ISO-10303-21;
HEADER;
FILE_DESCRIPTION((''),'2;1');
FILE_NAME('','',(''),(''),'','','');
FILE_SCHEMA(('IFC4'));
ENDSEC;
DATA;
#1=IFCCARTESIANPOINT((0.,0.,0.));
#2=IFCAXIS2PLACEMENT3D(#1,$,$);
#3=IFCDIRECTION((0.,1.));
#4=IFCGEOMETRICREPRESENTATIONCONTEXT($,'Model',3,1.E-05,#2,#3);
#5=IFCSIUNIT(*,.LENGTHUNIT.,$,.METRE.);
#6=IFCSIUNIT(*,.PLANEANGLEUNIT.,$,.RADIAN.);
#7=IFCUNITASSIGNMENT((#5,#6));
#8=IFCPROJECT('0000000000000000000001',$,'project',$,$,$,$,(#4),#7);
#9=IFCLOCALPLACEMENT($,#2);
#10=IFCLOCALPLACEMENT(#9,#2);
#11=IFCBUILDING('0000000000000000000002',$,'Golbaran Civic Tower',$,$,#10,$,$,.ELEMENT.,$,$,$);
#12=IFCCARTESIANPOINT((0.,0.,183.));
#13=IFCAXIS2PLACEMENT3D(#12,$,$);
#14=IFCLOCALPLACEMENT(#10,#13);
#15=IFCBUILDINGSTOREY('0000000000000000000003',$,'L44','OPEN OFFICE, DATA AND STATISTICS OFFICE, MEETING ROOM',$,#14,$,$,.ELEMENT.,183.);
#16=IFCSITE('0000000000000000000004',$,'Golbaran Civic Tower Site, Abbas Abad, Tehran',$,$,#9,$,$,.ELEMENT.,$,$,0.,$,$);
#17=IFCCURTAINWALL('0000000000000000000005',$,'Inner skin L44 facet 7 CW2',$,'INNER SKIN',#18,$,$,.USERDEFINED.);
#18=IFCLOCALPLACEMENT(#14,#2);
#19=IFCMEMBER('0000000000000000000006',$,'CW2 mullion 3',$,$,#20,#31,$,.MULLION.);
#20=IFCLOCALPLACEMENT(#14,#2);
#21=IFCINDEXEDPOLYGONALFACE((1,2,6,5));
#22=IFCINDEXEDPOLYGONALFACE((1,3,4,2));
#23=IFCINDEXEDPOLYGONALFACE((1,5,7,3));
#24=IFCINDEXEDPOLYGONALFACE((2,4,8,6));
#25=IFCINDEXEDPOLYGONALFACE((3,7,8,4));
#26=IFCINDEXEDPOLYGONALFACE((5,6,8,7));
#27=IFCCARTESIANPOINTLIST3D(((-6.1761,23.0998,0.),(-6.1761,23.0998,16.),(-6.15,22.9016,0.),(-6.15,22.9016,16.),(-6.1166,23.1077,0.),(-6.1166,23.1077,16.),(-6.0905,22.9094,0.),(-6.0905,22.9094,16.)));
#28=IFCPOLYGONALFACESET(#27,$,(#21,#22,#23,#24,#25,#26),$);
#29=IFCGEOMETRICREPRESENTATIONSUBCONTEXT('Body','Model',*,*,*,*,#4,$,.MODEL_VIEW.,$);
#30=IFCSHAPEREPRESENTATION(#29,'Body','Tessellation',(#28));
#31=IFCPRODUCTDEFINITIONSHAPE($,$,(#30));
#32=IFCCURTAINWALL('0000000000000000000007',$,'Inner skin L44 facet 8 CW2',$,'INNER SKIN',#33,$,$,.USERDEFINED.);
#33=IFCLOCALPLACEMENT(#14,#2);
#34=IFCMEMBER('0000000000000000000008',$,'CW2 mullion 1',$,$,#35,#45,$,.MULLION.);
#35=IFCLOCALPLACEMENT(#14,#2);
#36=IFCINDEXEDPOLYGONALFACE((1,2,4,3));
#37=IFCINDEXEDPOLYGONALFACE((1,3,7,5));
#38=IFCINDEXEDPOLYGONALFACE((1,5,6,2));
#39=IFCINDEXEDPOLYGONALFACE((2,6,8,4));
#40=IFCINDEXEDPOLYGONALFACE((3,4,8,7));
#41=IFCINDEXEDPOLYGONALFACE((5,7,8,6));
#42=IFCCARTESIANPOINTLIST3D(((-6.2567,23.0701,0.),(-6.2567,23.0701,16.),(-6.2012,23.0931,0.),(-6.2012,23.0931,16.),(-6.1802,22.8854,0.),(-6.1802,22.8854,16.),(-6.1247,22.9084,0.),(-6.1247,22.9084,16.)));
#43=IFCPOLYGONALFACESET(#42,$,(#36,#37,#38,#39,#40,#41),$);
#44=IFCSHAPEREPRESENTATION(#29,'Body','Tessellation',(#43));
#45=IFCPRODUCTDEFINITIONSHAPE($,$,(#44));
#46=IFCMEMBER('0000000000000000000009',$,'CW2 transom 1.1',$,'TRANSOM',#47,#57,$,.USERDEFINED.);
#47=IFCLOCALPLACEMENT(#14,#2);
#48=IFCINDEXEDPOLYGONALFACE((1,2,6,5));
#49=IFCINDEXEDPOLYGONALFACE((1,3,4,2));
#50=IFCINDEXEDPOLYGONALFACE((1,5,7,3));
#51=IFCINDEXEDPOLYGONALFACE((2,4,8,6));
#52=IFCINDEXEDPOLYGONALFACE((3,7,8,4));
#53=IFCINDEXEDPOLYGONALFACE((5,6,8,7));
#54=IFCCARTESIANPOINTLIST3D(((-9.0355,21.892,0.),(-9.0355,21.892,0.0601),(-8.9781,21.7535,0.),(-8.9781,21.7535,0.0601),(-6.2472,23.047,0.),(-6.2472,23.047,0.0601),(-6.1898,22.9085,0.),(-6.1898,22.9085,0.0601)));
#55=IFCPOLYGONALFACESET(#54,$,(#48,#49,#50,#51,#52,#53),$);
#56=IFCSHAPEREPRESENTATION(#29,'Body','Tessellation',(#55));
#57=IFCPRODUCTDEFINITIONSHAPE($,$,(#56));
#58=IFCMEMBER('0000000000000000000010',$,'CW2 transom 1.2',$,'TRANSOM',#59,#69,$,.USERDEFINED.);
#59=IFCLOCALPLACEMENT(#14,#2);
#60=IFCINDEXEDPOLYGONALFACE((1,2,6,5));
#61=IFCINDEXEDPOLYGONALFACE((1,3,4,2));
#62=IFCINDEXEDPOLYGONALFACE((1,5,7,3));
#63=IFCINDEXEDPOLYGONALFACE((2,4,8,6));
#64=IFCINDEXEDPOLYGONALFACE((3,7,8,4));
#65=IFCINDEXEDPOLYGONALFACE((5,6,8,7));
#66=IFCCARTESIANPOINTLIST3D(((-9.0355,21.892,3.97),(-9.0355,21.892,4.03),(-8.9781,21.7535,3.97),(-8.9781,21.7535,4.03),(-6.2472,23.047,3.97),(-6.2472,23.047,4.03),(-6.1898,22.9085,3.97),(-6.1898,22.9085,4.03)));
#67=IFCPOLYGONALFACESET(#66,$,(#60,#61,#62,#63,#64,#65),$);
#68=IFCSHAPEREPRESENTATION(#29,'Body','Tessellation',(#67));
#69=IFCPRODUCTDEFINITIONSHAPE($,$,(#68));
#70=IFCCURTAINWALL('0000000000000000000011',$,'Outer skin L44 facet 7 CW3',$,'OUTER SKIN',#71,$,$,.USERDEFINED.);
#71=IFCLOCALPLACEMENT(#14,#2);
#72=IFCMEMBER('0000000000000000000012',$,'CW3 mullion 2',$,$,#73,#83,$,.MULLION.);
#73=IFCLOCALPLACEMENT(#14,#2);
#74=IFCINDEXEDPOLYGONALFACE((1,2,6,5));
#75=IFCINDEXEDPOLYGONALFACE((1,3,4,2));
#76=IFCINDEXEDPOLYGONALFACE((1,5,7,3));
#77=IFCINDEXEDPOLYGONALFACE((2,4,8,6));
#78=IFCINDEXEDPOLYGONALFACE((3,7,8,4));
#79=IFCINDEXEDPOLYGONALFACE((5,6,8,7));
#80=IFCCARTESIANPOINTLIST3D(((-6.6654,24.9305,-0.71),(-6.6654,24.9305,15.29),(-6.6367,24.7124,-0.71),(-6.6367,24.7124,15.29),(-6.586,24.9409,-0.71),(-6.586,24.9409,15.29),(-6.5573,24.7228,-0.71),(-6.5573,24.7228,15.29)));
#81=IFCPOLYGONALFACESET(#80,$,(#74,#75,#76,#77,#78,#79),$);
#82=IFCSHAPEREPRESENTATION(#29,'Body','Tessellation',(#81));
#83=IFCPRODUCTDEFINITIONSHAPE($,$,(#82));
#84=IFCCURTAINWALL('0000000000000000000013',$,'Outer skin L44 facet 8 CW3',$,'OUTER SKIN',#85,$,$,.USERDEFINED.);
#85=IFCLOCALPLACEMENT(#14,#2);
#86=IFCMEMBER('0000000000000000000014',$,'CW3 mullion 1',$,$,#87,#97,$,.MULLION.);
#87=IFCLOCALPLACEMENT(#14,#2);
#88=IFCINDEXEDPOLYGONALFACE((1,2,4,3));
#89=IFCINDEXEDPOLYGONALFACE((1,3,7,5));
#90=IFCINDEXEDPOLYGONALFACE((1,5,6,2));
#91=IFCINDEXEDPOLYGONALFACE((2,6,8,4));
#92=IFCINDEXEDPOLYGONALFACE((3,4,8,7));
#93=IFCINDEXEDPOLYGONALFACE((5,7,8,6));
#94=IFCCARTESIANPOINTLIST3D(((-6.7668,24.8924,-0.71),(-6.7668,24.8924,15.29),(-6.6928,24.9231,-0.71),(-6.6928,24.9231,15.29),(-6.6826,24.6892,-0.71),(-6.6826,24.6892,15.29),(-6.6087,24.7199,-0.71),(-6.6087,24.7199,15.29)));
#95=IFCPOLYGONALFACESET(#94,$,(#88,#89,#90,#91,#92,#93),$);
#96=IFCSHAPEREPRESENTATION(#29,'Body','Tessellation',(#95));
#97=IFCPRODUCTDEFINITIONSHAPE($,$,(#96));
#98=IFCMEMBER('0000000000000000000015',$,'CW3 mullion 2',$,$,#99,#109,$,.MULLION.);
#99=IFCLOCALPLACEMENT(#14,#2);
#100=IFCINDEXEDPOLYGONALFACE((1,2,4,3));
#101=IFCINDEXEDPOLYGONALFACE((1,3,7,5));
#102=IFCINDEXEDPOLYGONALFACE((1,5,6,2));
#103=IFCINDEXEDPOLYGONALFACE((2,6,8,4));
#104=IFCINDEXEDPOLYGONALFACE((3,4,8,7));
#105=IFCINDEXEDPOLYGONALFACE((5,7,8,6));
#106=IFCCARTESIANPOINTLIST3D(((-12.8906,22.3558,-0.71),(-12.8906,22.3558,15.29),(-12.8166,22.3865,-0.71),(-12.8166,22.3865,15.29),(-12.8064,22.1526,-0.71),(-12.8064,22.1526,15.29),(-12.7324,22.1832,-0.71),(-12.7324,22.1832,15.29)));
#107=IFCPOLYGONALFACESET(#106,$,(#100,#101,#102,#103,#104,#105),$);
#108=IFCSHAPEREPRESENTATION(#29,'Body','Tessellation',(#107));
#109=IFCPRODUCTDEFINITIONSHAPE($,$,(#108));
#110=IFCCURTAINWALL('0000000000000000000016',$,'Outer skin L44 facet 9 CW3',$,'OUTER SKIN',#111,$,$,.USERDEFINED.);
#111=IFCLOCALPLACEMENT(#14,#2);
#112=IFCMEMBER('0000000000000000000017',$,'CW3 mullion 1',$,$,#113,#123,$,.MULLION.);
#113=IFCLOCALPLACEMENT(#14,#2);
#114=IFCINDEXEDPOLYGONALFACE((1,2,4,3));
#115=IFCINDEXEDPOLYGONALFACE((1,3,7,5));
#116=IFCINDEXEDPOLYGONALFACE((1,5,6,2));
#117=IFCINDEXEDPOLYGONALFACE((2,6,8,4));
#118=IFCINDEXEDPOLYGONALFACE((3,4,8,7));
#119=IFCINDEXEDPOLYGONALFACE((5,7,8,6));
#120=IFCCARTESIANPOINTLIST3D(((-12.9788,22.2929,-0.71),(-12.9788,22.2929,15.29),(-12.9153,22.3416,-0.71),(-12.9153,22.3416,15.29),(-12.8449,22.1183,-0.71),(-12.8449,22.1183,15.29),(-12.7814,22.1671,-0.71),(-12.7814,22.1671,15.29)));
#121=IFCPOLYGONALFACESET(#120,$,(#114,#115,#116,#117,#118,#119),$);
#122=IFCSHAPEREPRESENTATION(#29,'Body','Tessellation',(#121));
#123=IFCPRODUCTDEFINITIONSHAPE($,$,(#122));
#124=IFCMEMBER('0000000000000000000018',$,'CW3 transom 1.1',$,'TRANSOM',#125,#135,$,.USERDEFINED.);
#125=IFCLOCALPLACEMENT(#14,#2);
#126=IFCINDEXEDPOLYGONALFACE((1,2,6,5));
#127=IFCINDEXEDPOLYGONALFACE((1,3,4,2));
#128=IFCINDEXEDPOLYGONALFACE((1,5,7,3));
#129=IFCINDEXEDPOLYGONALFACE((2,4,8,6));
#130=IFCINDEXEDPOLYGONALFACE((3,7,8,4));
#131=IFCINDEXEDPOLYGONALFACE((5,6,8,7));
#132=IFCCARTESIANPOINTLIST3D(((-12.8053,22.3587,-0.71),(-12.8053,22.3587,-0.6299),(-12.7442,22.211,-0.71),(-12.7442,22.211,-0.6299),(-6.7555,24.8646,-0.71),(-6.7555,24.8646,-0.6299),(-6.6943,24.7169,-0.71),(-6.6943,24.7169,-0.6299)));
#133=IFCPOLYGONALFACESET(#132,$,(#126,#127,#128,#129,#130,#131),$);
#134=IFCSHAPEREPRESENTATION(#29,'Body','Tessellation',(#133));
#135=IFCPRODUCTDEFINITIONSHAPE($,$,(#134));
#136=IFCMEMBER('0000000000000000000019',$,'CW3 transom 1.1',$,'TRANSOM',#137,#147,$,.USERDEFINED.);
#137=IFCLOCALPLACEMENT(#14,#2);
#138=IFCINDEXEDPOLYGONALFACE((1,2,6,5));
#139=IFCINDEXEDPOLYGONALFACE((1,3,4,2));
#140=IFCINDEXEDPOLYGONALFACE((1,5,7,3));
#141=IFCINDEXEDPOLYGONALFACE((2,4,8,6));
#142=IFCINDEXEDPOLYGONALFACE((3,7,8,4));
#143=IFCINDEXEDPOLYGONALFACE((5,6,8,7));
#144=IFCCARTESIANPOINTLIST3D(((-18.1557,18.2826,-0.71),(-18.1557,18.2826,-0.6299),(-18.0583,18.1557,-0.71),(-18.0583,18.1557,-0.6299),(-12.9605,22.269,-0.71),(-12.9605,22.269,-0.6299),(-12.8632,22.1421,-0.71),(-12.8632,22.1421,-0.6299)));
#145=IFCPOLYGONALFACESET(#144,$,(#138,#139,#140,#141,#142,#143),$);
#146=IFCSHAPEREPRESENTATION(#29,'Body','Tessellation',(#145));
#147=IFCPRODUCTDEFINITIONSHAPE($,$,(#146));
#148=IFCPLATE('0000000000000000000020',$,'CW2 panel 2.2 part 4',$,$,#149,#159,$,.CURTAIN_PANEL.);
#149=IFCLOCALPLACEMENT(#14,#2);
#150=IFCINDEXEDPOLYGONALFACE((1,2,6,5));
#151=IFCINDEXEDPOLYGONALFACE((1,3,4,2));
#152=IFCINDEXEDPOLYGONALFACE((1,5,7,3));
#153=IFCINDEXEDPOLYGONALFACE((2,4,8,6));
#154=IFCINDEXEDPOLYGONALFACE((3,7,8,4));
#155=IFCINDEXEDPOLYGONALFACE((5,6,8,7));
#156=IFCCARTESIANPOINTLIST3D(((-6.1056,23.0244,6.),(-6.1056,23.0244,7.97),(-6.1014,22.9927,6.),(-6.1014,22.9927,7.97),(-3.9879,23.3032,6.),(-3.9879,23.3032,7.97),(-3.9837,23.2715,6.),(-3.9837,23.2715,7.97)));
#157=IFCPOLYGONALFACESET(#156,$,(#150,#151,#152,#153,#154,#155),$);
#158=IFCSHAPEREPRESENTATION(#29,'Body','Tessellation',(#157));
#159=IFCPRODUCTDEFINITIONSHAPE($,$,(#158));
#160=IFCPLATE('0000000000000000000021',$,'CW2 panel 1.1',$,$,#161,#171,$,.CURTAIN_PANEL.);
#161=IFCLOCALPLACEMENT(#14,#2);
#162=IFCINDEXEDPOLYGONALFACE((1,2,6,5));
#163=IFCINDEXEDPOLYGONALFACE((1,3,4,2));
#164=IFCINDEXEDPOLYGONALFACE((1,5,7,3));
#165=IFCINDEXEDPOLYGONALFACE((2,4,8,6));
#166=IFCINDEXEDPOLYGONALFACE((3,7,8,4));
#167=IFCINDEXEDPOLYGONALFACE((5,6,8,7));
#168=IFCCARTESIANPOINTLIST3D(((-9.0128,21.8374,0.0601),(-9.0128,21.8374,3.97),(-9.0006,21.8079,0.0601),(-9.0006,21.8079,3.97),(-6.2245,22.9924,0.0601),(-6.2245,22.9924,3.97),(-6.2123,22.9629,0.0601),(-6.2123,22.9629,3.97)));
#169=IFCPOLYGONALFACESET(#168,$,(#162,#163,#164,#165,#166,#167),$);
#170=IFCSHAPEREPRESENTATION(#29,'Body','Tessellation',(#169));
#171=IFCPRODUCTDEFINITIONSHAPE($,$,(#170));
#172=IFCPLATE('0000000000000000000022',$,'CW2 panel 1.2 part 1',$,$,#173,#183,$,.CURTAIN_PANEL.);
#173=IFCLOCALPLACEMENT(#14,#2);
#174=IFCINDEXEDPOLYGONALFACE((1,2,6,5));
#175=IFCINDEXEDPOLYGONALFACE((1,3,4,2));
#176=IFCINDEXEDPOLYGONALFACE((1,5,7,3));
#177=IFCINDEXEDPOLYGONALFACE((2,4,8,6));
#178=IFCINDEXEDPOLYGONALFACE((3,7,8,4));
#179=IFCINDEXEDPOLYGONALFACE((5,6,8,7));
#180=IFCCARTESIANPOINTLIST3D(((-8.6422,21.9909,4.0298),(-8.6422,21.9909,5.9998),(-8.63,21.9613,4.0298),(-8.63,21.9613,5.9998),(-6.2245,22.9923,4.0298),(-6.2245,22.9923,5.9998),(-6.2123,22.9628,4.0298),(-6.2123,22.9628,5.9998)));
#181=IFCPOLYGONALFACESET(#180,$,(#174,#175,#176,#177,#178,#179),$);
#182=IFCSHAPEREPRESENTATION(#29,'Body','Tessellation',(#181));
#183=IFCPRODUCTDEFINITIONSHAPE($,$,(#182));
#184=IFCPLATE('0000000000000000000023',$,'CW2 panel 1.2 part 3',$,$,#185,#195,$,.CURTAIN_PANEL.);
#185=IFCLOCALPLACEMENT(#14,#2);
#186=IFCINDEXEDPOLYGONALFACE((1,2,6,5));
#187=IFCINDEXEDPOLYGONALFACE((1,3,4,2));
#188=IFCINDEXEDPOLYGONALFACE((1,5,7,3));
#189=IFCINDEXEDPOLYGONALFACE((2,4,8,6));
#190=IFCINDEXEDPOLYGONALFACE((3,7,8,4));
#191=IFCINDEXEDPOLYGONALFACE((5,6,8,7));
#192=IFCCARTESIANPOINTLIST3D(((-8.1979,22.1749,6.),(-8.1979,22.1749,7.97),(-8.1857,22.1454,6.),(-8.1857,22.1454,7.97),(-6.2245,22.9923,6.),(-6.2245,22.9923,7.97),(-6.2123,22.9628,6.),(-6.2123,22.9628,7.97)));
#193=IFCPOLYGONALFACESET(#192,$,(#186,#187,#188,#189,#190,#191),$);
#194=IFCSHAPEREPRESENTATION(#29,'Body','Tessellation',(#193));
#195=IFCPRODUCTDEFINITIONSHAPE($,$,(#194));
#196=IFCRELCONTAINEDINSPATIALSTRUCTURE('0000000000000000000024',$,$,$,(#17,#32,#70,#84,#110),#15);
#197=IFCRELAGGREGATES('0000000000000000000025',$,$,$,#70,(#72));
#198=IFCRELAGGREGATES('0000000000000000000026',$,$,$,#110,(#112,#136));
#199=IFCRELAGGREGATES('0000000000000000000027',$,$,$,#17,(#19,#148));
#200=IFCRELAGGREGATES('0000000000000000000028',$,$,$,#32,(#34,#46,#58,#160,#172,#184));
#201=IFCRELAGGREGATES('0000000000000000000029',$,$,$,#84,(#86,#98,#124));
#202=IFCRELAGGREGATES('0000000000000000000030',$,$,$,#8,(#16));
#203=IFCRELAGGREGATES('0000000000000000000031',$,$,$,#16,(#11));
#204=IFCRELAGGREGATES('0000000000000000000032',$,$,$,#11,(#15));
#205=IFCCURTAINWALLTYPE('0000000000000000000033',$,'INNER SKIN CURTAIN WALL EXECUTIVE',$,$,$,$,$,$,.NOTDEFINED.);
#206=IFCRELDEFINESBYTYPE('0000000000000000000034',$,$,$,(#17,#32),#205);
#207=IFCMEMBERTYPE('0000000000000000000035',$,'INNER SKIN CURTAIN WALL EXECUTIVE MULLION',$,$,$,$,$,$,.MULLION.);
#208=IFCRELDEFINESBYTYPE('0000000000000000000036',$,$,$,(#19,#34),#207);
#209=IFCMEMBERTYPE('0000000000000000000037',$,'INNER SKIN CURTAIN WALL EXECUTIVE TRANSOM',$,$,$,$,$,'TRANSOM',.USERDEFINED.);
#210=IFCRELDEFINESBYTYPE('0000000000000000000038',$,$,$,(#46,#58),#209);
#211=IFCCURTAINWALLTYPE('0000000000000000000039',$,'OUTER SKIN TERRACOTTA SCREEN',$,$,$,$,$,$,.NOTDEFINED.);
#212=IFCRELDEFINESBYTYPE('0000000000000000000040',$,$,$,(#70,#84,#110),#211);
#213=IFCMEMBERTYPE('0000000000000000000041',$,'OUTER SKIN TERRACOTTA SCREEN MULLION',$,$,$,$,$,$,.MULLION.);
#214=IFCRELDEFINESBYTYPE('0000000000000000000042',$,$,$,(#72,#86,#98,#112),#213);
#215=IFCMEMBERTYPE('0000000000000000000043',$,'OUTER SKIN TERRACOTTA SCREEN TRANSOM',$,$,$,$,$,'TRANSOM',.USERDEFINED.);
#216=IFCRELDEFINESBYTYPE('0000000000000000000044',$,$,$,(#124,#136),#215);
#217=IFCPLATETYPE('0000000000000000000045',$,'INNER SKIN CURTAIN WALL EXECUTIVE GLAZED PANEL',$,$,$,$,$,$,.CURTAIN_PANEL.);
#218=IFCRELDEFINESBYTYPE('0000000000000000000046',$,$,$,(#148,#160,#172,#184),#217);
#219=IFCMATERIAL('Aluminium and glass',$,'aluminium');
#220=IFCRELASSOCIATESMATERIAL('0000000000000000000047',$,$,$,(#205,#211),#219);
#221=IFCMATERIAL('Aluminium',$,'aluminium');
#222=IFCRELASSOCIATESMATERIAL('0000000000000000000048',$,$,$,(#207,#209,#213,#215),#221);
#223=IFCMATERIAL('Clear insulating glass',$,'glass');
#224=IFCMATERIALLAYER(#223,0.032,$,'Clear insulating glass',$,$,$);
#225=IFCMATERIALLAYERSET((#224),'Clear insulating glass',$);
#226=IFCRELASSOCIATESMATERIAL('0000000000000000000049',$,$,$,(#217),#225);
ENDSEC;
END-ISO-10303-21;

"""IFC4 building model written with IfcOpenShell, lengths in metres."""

from ifc_helpers import new_model, si_unit, direction, frame, origin, origin_2d, place, context, subcontext, project, spatial, rectangle, extrude, material, layer, layer_set, material_profile, profile_set, type_object, element, aggregate, save


model = new_model("IFC4")

# Units and contexts
model_context = context("Model", 3, precision=1e-05, world=origin(), true_north=direction((0.0, 1.0)))
body_context = subcontext(model_context, "Body", "Model", "MODEL_VIEW")
ifc_project = project(units=[si_unit("LENGTHUNIT", "METRE"), si_unit("PLANEANGLEUNIT", "RADIAN")], contexts=[model_context])

# Site, building, storey
site_placement = place(None, origin())
site = spatial("IfcSite", under=ifc_project, at=site_placement, Name="Golbaran Civic Tower Site, Abbas Abad, Tehran", CompositionType="ELEMENT", RefElevation=0.0)
building_placement = place(site_placement, origin())
building = spatial("IfcBuilding", under=site, at=building_placement, Name="Golbaran Civic Tower", CompositionType="ELEMENT")
storey_placement = place(building_placement, frame((0.0, 0.0, 183.0)))
storey = spatial("IfcBuildingStorey", under=building, at=storey_placement, Name="L44", Description="OPEN OFFICE, DATA AND STATISTICS OFFICE, MEETING ROOM", CompositionType="ELEMENT", Elevation=183.0)

# Curtain wall, member
ifc_material_1 = material(Name="Aluminium and glass", Category="aluminium")
curtain_wall_type_1 = type_object("IfcCurtainWallType", Name="INNER SKIN CURTAIN WALL EXECUTIVE", PredefinedType="NOTDEFINED", material=ifc_material_1)
curtain_wall_1_placement = place(storey_placement, origin())
curtain_wall_1 = element("IfcCurtainWall", 1, at=curtain_wall_1_placement, inside=storey, type_object=curtain_wall_type_1, Name="Inner skin L44 facet 7 CW2", ObjectType="INNER SKIN", PredefinedType="USERDEFINED")
ifc_material_2 = material(Name="Aluminium", Category="aluminium")
ifc_material_profile_1 = material_profile(ifc_material_2, rectangle(XDim=0.2, YDim=0.0601, at=origin_2d()), Name="INNER SKIN CURTAIN WALL EXECUTIVE MULLION")
ifc_profile_set_1 = profile_set([ifc_material_profile_1], Name="Aluminium")
member_type_1 = type_object("IfcMemberType", Name="INNER SKIN CURTAIN WALL EXECUTIVE MULLION", PredefinedType="MULLION", material=ifc_profile_set_1)
member_1_placement = place(storey_placement, frame((-6.1333, 23.0046, 0.0), z_axis=(0.0, 0.0, 1.0), x_axis=(0.130526, -0.991445, 0.0)))
member_1 = element("IfcMember", 2, at=member_1_placement, type_object=member_type_1, Name="CW2 mullion 3", PredefinedType="MULLION", context=body_context, shape_type="SweptSolid", body=[
    extrude(rectangle(XDim=0.2, YDim=0.0601, at=origin_2d()), origin(), (0.0, 0.0, 1.0), 16.0),
])

# Curtain wall, members
curtain_wall_2_placement = place(storey_placement, origin())
curtain_wall_2 = element("IfcCurtainWall", 3, at=curtain_wall_2_placement, inside=storey, type_object=curtain_wall_type_1, Name="Inner skin L44 facet 8 CW2", ObjectType="INNER SKIN", PredefinedType="USERDEFINED")
member_2_placement = place(storey_placement, frame((-6.1907, 22.9893, 0.0), z_axis=(0.0, 0.0, 1.0), x_axis=(0.382683, -0.92388, 0.0)))
member_2 = element("IfcMember", 4, at=member_2_placement, type_object=member_type_1, Name="CW2 mullion 1", PredefinedType="MULLION", context=body_context, shape_type="SweptSolid", body=[
    extrude(rectangle(XDim=0.2, YDim=0.0601, at=origin_2d()), origin(), (0.0, 0.0, 1.0), 16.0),
])
ifc_material_profile_2 = material_profile(ifc_material_2, rectangle(XDim=0.1499, YDim=0.0601, at=origin_2d()), Name="INNER SKIN CURTAIN WALL EXECUTIVE TRANSOM")
ifc_profile_set_2 = profile_set([ifc_material_profile_2], Name="Aluminium")
member_type_2 = type_object("IfcMemberType", Name="INNER SKIN CURTAIN WALL EXECUTIVE TRANSOM", ElementType="TRANSOM", PredefinedType="USERDEFINED", material=ifc_profile_set_2)
member_3_placement = place(storey_placement, frame((-6.2185, 22.9778, 0.03), z_axis=(-0.923872, -0.382702, 0.0), x_axis=(0.382702, -0.923872, 0.0)))
member_3 = element("IfcMember", 5, at=member_3_placement, type_object=member_type_2, Name="CW2 transom 1.1", ObjectType="TRANSOM", PredefinedType="USERDEFINED", context=body_context, shape_type="SweptSolid", body=[
    extrude(rectangle(XDim=0.1499, YDim=0.0601, at=origin_2d()), origin(), (0.0, 0.0, 1.0), 3.0181),
])
member_4_placement = place(storey_placement, frame((-6.2185, 22.9778, 4.0), z_axis=(-0.923872, -0.382702, 0.0), x_axis=(0.382702, -0.923872, 0.0)))
member_4 = element("IfcMember", 6, at=member_4_placement, type_object=member_type_2, Name="CW2 transom 1.2", ObjectType="TRANSOM", PredefinedType="USERDEFINED", context=body_context, shape_type="SweptSolid", body=[
    extrude(rectangle(XDim=0.1499, YDim=0.0601, at=origin_2d()), origin(), (0.0, 0.0, 1.0), 3.0181),
])

# Curtain wall, member
curtain_wall_type_2 = type_object("IfcCurtainWallType", Name="OUTER SKIN TERRACOTTA SCREEN", PredefinedType="NOTDEFINED", material=ifc_material_1)
curtain_wall_3_placement = place(storey_placement, origin())
curtain_wall_3 = element("IfcCurtainWall", 7, at=curtain_wall_3_placement, inside=storey, type_object=curtain_wall_type_2, Name="Outer skin L44 facet 7 CW3", ObjectType="OUTER SKIN", PredefinedType="USERDEFINED")
ifc_material_profile_3 = material_profile(ifc_material_2, rectangle(XDim=0.22, YDim=0.0801, at=origin_2d()), Name="OUTER SKIN TERRACOTTA SCREEN MULLION")
ifc_profile_set_3 = profile_set([ifc_material_profile_3], Name="Aluminium")
member_type_3 = type_object("IfcMemberType", Name="OUTER SKIN TERRACOTTA SCREEN MULLION", PredefinedType="MULLION", material=ifc_profile_set_3)
member_5_placement = place(storey_placement, frame((-6.6113, 24.8267, -0.71), z_axis=(0.0, 0.0, 1.0), x_axis=(0.130526, -0.991445, 0.0)))
member_5 = element("IfcMember", 8, at=member_5_placement, type_object=member_type_3, Name="CW3 mullion 2", PredefinedType="MULLION", context=body_context, shape_type="SweptSolid", body=[
    extrude(rectangle(XDim=0.22, YDim=0.0801, at=origin_2d()), origin(), (0.0, 0.0, 1.0), 16.0),
])
aggregate(curtain_wall_3, [member_5])

# Curtain wall, members
curtain_wall_4_placement = place(storey_placement, origin())
curtain_wall_4 = element("IfcCurtainWall", 9, at=curtain_wall_4_placement, inside=storey, type_object=curtain_wall_type_2, Name="Outer skin L44 facet 8 CW3", ObjectType="OUTER SKIN", PredefinedType="USERDEFINED")
member_6_placement = place(storey_placement, frame((-6.6877, 24.8062, -0.71), z_axis=(0.0, 0.0, 1.0), x_axis=(0.382683, -0.92388, 0.0)))
member_6 = element("IfcMember", 10, at=member_6_placement, type_object=member_type_3, Name="CW3 mullion 1", PredefinedType="MULLION", context=body_context, shape_type="SweptSolid", body=[
    extrude(rectangle(XDim=0.22, YDim=0.0801, at=origin_2d()), origin(), (0.0, 0.0, 1.0), 16.0),
])
member_7_placement = place(storey_placement, frame((-12.8115, 22.2695, -0.71), z_axis=(0.0, 0.0, 1.0), x_axis=(0.382683, -0.92388, 0.0)))
member_7 = element("IfcMember", 11, at=member_7_placement, type_object=member_type_3, Name="CW3 mullion 2", PredefinedType="MULLION", context=body_context, shape_type="SweptSolid", body=[
    extrude(rectangle(XDim=0.22, YDim=0.0801, at=origin_2d()), origin(), (0.0, 0.0, 1.0), 16.0),
])

# Curtain wall, member
curtain_wall_5_placement = place(storey_placement, origin())
curtain_wall_5 = element("IfcCurtainWall", 12, at=curtain_wall_5_placement, inside=storey, type_object=curtain_wall_type_2, Name="Outer skin L44 facet 9 CW3", ObjectType="OUTER SKIN", PredefinedType="USERDEFINED")
member_8_placement = place(storey_placement, frame((-12.8801, 22.23, -0.71), z_axis=(0.0, 0.0, 1.0), x_axis=(0.608761, -0.793353, 0.0)))
member_8 = element("IfcMember", 13, at=member_8_placement, type_object=member_type_3, Name="CW3 mullion 1", PredefinedType="MULLION", context=body_context, shape_type="SweptSolid", body=[
    extrude(rectangle(XDim=0.22, YDim=0.0801, at=origin_2d()), origin(), (0.0, 0.0, 1.0), 16.0),
])

# Members
ifc_material_profile_4 = material_profile(ifc_material_2, rectangle(XDim=0.1599, YDim=0.0801, at=origin_2d()), Name="OUTER SKIN TERRACOTTA SCREEN TRANSOM")
ifc_profile_set_4 = profile_set([ifc_material_profile_4], Name="Aluminium")
member_type_4 = type_object("IfcMemberType", Name="OUTER SKIN TERRACOTTA SCREEN TRANSOM", ElementType="TRANSOM", PredefinedType="USERDEFINED", material=ifc_profile_set_4)
member_9_placement = place(storey_placement, frame((-6.7249, 24.7908, -0.6699), z_axis=(-0.923882, -0.382677, 0.0), x_axis=(0.382677, -0.923882, 0.0)))
member_9 = element("IfcMember", 14, at=member_9_placement, type_object=member_type_4, Name="CW3 transom 1.1", ObjectType="TRANSOM", PredefinedType="USERDEFINED", context=body_context, shape_type="SweptSolid", body=[
    extrude(rectangle(XDim=0.1599, YDim=0.0801, at=origin_2d()), origin(), (0.0, 0.0, 1.0), 6.5483),
])
member_10_placement = place(storey_placement, frame((-12.9119, 22.2056, -0.6699), z_axis=(-0.793352, -0.608763, 0.0), x_axis=(0.608763, -0.793352, 0.0)))
member_10 = element("IfcMember", 15, at=member_10_placement, type_object=member_type_4, Name="CW3 transom 1.1", ObjectType="TRANSOM", PredefinedType="USERDEFINED", context=body_context, shape_type="SweptSolid", body=[
    extrude(rectangle(XDim=0.1599, YDim=0.0801, at=origin_2d()), origin(), (0.0, 0.0, 1.0), 6.5483),
])
aggregate(curtain_wall_5, [member_8, member_10])

# Plates
ifc_material_3 = material(Name="Clear insulating glass", Category="glass")
ifc_layer_1 = layer(ifc_material_3, 0.032, Name="Clear insulating glass")
ifc_layer_set_1 = layer_set([ifc_layer_1], Name="Clear insulating glass")
plate_type_1 = type_object("IfcPlateType", Name="INNER SKIN CURTAIN WALL EXECUTIVE GLAZED PANEL", PredefinedType="CURTAIN_PANEL", material=ifc_layer_set_1)
plate_1_placement = place(storey_placement, frame((-5.0447, 23.1479, 6.0), z_axis=(0.0, 0.0, 1.0), x_axis=(-0.991445, -0.130526, 0.0)))
plate_1 = element("IfcPlate", 16, at=plate_1_placement, type_object=plate_type_1, Name="CW2 panel 2.2 part 4", PredefinedType="CURTAIN_PANEL", context=body_context, shape_type="SweptSolid", body=[
    extrude(rectangle(XDim=2.136, YDim=0.032, at=origin_2d()), origin(), (0.0, 0.0, 1.0), 1.97),
])
aggregate(curtain_wall_1, [member_1, plate_1])
plate_2_placement = place(storey_placement, frame((-7.6125, 22.4001, 0.0601), z_axis=(0.0, 0.0, 1.0), x_axis=(-0.92388, -0.382683, 0.0)))
plate_2 = element("IfcPlate", 17, at=plate_2_placement, type_object=plate_type_1, Name="CW2 panel 1.1", PredefinedType="CURTAIN_PANEL", context=body_context, shape_type="SweptSolid", body=[
    extrude(rectangle(XDim=3.0181, YDim=0.032, at=origin_2d()), origin(), (0.0, 0.0, 1.0), 3.9099),
])
plate_3_placement = place(storey_placement, frame((-7.4272, 22.4768, 4.0298), z_axis=(0.0, 0.0, 1.0), x_axis=(-0.92388, -0.382683, 0.0)))
plate_3 = element("IfcPlate", 18, at=plate_3_placement, type_object=plate_type_1, Name="CW2 panel 1.2 part 1", PredefinedType="CURTAIN_PANEL", context=body_context, shape_type="SweptSolid", body=[
    extrude(rectangle(XDim=2.6169, YDim=0.032, at=origin_2d()), origin(), (0.0, 0.0, 1.0), 1.97),
])
plate_4_placement = place(storey_placement, frame((-7.2051, 22.5688, 6.0), z_axis=(0.0, 0.0, 1.0), x_axis=(-0.92388, -0.382683, 0.0)))
plate_4 = element("IfcPlate", 19, at=plate_4_placement, type_object=plate_type_1, Name="CW2 panel 1.2 part 3", PredefinedType="CURTAIN_PANEL", context=body_context, shape_type="SweptSolid", body=[
    extrude(rectangle(XDim=2.136, YDim=0.032, at=origin_2d()), origin(), (0.0, 0.0, 1.0), 1.97),
])
aggregate(curtain_wall_2, [member_2, member_3, member_4, plate_2, plate_3, plate_4])
aggregate(curtain_wall_4, [member_6, member_7, member_9])

save(model, "model.ifc")
